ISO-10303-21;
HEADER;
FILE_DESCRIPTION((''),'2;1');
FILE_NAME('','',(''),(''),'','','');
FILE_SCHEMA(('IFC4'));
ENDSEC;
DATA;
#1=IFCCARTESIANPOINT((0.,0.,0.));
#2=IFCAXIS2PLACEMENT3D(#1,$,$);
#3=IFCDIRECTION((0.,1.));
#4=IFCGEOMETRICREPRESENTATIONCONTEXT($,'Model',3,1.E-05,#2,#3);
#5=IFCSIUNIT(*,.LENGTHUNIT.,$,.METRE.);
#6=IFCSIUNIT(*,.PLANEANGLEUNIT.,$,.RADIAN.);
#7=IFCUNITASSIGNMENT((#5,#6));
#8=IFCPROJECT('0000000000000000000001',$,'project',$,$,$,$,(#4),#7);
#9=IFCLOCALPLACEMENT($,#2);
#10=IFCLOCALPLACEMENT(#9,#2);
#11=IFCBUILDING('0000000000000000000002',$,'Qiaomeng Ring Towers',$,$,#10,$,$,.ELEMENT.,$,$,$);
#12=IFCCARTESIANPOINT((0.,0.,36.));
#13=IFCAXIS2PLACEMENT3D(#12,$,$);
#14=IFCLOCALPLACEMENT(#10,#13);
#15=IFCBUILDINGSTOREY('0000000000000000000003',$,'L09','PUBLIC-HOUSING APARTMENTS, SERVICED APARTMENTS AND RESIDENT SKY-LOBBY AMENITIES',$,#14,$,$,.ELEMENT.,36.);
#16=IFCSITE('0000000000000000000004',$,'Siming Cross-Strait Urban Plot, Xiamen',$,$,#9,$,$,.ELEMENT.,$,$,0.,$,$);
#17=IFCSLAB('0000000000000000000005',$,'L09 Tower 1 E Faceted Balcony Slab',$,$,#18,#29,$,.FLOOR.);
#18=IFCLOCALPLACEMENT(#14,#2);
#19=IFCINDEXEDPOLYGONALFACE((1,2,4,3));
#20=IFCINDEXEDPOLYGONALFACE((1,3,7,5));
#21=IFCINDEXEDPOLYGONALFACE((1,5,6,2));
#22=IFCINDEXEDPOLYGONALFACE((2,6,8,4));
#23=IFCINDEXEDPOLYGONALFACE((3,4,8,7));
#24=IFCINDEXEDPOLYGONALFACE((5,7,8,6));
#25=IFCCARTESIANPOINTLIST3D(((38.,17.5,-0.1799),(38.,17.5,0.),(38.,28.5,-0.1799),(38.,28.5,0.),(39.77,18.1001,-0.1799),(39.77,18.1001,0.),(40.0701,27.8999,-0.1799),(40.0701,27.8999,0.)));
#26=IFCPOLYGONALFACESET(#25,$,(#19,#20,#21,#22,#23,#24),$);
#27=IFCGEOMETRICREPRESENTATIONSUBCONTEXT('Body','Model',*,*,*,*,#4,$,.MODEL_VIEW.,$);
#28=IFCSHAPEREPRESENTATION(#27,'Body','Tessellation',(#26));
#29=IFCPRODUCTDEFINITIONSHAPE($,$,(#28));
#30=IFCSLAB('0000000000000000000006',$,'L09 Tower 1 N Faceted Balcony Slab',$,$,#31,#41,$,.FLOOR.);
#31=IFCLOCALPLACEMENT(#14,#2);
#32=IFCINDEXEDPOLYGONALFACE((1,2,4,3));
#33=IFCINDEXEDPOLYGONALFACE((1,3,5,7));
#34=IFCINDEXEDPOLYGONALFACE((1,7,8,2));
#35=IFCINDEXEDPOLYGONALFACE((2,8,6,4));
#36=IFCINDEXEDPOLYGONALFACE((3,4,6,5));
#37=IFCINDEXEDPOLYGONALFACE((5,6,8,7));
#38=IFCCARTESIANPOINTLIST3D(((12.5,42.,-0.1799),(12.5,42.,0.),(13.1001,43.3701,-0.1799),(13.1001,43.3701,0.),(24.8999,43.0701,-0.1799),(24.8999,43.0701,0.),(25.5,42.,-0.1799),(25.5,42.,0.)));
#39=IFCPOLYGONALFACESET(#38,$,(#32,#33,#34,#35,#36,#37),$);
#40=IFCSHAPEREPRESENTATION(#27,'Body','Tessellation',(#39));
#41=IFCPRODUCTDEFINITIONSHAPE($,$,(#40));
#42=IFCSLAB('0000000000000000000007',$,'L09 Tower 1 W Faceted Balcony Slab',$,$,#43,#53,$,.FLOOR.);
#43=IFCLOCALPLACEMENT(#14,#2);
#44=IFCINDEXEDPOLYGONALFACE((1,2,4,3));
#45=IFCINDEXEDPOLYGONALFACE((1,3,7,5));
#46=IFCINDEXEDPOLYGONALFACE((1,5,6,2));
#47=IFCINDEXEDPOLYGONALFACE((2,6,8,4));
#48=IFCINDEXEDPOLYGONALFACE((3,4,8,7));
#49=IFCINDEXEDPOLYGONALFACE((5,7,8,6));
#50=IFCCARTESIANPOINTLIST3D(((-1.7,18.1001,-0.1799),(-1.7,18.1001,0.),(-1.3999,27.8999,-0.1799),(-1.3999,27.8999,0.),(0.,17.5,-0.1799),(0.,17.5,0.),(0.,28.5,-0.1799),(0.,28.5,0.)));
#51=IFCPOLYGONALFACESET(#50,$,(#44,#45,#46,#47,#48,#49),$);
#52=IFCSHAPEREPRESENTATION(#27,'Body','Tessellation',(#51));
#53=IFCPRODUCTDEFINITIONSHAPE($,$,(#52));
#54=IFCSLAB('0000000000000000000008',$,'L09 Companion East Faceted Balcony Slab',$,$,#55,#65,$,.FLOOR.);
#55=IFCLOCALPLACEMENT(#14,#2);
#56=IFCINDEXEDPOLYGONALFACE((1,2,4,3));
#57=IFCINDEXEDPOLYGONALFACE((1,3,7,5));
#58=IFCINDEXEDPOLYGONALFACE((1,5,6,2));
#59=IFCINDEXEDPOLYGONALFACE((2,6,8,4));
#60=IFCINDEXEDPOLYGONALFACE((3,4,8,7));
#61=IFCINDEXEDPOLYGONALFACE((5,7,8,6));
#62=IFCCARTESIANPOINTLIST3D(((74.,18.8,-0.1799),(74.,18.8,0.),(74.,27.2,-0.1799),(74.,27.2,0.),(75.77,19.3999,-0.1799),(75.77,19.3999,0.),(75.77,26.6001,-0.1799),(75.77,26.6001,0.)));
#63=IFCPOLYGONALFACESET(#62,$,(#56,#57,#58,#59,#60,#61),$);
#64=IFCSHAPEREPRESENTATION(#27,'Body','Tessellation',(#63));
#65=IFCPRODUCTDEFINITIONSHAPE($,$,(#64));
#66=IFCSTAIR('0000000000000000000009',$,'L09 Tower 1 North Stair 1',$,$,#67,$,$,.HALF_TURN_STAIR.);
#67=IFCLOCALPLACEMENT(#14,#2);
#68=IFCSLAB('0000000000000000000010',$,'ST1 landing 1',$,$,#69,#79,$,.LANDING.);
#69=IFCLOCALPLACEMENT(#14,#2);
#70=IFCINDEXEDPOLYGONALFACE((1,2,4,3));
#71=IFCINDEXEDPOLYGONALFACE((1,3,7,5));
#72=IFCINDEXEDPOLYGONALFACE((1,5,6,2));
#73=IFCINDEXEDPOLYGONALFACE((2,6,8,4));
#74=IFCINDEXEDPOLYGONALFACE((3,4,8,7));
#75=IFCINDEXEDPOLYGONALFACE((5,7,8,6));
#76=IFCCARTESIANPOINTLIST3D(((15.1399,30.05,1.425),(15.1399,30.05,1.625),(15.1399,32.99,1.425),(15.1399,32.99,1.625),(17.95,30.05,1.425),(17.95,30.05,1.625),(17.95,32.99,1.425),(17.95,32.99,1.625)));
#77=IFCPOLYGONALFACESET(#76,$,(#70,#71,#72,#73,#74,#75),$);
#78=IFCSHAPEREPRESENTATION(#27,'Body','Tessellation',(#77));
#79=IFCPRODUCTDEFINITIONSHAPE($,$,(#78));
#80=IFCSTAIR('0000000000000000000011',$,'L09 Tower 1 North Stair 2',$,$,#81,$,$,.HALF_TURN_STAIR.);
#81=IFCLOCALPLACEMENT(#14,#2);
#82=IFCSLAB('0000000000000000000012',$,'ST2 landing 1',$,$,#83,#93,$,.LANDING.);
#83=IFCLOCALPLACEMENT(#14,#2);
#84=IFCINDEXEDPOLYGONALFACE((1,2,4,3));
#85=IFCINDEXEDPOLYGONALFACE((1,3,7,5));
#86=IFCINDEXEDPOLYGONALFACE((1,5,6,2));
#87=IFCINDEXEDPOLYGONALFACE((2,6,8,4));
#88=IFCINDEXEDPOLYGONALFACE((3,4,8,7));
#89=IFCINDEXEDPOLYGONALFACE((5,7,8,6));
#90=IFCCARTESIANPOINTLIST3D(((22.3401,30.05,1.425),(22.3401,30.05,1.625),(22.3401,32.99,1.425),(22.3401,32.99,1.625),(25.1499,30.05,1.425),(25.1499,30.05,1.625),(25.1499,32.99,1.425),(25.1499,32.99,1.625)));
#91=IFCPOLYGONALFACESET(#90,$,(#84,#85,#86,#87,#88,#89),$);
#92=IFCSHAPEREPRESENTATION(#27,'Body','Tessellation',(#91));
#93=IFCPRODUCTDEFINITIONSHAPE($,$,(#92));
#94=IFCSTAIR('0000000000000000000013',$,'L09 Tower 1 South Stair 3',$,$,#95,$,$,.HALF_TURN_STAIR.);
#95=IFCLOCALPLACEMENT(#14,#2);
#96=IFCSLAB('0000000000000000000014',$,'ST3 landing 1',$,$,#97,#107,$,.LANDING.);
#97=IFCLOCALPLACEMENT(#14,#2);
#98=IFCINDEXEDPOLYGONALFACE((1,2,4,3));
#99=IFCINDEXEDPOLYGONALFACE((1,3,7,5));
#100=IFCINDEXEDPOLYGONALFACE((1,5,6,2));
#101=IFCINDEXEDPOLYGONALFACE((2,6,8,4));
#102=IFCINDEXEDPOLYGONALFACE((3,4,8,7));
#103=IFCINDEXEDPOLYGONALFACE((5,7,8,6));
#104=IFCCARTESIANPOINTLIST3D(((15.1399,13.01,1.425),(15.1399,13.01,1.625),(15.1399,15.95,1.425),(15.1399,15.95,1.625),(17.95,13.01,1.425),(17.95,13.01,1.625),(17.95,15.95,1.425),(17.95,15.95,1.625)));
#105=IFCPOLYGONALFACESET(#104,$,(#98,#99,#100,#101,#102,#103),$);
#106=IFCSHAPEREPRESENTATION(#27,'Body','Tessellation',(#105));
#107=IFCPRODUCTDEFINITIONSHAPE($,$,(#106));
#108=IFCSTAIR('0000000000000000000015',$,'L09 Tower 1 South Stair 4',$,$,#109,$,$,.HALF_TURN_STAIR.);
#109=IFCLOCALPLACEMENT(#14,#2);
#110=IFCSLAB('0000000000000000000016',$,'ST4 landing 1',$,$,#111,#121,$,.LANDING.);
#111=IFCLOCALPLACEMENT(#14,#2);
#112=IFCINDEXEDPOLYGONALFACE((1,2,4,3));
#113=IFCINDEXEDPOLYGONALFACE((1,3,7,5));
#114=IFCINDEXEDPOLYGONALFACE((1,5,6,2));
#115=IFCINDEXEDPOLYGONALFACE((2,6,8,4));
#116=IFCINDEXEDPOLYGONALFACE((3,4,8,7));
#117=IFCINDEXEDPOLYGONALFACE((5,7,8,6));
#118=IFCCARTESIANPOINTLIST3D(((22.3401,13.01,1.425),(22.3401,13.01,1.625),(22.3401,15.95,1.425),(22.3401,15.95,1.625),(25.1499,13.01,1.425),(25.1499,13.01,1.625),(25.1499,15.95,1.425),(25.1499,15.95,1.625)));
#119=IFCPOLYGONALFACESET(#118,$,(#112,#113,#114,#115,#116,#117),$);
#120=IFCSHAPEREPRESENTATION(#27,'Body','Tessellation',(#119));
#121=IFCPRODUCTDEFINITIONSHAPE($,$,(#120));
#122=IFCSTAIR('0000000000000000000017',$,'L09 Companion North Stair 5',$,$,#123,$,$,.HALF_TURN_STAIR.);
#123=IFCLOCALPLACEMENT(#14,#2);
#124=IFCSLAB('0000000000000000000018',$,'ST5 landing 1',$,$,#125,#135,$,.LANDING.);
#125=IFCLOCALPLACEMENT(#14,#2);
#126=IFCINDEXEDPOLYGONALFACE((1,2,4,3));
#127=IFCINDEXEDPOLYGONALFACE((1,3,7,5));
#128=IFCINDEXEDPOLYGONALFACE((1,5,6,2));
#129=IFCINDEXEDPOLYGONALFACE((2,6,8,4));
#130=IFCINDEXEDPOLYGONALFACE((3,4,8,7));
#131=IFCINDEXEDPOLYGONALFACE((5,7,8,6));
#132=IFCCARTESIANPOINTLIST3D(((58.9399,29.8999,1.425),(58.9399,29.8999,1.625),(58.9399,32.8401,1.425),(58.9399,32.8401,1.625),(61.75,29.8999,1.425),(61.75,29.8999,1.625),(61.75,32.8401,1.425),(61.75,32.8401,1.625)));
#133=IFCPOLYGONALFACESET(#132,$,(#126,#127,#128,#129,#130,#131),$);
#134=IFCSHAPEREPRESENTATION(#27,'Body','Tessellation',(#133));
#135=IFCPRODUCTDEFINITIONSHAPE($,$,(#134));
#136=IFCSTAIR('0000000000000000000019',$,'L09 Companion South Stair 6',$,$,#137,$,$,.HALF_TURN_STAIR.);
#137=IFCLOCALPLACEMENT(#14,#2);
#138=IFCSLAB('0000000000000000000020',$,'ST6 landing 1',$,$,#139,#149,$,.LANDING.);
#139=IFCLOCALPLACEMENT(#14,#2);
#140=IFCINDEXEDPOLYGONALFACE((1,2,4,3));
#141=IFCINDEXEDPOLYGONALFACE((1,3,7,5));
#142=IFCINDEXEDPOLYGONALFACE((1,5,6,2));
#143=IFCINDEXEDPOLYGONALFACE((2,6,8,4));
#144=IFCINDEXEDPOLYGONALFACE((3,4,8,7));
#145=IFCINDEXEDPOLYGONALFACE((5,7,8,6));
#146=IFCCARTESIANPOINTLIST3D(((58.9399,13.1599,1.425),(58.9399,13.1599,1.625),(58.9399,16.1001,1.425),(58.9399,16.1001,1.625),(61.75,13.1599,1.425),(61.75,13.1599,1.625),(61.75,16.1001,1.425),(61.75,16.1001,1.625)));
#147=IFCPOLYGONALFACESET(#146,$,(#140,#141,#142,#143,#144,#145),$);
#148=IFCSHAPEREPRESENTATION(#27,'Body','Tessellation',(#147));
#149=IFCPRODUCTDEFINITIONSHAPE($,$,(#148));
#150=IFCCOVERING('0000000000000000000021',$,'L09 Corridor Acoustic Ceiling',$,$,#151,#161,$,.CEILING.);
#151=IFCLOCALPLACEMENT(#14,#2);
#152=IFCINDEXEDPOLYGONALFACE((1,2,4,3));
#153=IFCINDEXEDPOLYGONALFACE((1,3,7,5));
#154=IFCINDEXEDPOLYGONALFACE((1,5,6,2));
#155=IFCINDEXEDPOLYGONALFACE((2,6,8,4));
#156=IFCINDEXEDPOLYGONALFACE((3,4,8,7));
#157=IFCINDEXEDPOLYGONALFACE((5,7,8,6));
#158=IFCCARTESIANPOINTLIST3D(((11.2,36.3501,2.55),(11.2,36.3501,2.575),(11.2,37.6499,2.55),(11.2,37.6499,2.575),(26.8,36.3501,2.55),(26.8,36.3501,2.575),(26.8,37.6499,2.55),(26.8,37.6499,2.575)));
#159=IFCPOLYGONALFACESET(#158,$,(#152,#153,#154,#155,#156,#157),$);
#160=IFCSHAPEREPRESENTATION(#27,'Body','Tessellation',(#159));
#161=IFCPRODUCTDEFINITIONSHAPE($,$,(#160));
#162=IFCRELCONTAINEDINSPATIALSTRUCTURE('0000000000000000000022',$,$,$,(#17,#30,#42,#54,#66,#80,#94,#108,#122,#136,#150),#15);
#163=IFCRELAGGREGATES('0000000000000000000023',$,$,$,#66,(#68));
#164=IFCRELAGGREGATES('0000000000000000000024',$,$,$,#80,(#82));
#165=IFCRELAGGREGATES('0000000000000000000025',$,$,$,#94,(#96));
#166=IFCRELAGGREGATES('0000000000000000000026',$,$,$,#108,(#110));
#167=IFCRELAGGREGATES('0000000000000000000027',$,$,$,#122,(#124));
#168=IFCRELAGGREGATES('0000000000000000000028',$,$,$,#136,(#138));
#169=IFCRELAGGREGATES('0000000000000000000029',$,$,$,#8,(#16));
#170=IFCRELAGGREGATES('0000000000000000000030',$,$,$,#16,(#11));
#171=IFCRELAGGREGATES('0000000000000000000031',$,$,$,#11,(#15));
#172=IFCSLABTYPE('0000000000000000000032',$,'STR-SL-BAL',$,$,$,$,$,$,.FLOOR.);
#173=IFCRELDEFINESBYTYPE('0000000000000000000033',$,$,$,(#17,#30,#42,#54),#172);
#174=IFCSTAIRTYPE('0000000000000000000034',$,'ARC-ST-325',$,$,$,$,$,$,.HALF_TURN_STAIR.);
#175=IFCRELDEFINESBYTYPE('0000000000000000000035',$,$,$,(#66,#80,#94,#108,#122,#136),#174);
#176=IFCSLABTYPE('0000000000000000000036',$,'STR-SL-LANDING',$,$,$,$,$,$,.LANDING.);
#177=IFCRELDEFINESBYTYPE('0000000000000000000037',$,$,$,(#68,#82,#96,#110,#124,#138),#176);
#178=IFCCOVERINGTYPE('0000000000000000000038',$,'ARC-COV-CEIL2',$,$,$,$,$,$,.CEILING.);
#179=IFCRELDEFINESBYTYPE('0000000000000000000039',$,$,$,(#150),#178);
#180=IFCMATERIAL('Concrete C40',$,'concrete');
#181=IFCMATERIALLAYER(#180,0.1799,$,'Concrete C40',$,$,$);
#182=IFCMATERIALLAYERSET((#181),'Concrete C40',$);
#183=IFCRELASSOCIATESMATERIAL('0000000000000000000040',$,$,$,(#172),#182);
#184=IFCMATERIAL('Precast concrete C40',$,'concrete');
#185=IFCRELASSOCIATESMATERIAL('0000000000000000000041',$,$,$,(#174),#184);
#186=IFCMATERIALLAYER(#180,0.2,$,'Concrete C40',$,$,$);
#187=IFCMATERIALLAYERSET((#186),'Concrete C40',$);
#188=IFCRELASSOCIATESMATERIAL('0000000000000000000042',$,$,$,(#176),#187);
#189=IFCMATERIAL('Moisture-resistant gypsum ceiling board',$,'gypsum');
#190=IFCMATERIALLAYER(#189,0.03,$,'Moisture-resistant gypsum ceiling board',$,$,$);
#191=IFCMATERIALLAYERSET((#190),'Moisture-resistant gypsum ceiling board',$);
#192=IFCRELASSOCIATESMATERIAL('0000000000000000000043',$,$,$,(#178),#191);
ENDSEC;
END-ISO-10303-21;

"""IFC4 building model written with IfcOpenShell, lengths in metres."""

from ifc_helpers import new_model, si_unit, direction, frame, origin, place, context, subcontext, project, spatial, polyline, outline, extrude, material, layer, layer_set, type_object, element, aggregate, save


model = new_model("IFC4")

# Units and contexts
model_context = context("Model", 3, precision=1e-05, world=origin(), true_north=direction((0.0, 1.0)))
body_context = subcontext(model_context, "Body", "Model", "MODEL_VIEW")
ifc_project = project(units=[si_unit("LENGTHUNIT", "METRE"), si_unit("PLANEANGLEUNIT", "RADIAN")], contexts=[model_context])

# Site, building, storey
site_placement = place(None, origin())
site = spatial("IfcSite", under=ifc_project, at=site_placement, Name="Siming Cross-Strait Urban Plot, Xiamen", CompositionType="ELEMENT", RefElevation=0.0)
building_placement = place(site_placement, origin())
building = spatial("IfcBuilding", under=site, at=building_placement, Name="Qiaomeng Ring Towers", CompositionType="ELEMENT")
storey_placement = place(building_placement, frame((0.0, 0.0, 36.0)))
storey = spatial("IfcBuildingStorey", under=building, at=storey_placement, Name="L09", Description="PUBLIC-HOUSING APARTMENTS, SERVICED APARTMENTS AND RESIDENT SKY-LOBBY AMENITIES", CompositionType="ELEMENT", Elevation=36.0)

# Slabs
ifc_material_1 = material(Name="Concrete C40", Category="concrete")
ifc_layer_1 = layer(ifc_material_1, 0.1799, Name="Concrete C40")
ifc_layer_set_1 = layer_set([ifc_layer_1], Name="Concrete C40")
slab_type_1 = type_object("IfcSlabType", Name="STR-SL-BAL", PredefinedType="FLOOR", material=ifc_layer_set_1)
slab_1_placement = place(storey_placement, frame((0.0, 0.0, -0.1799)))
element("IfcSlab", 1, at=slab_1_placement, inside=storey, type_object=slab_type_1, Name="L09 Tower 1 E Faceted Balcony Slab", PredefinedType="FLOOR", context=body_context, shape_type="SweptSolid", body=[
    extrude(outline(polyline([(40.0701, 27.8999), (39.77, 18.1001), (38.0, 17.5), (38.0, 28.5), (40.0701, 27.8999)])), origin(), (0.0, 0.0, 1.0), 0.1799),
])
slab_2_placement = place(storey_placement, frame((0.0, 0.0, -0.1799)))
element("IfcSlab", 2, at=slab_2_placement, inside=storey, type_object=slab_type_1, Name="L09 Tower 1 N Faceted Balcony Slab", PredefinedType="FLOOR", context=body_context, shape_type="SweptSolid", body=[
    extrude(outline(polyline([(12.5, 42.0), (13.1001, 43.3701), (24.8999, 43.0701), (25.5, 42.0), (12.5, 42.0)])), origin(), (0.0, 0.0, 1.0), 0.1799),
])
slab_3_placement = place(storey_placement, frame((0.0, 0.0, -0.1799)))
element("IfcSlab", 3, at=slab_3_placement, inside=storey, type_object=slab_type_1, Name="L09 Tower 1 W Faceted Balcony Slab", PredefinedType="FLOOR", context=body_context, shape_type="SweptSolid", body=[
    extrude(outline(polyline([(0.0, 17.5), (-1.7, 18.1001), (-1.3999, 27.8999), (0.0, 28.5), (0.0, 17.5)])), origin(), (0.0, 0.0, 1.0), 0.1799),
])
slab_4_placement = place(storey_placement, frame((0.0, 0.0, -0.1799)))
element("IfcSlab", 4, at=slab_4_placement, inside=storey, type_object=slab_type_1, Name="L09 Companion East Faceted Balcony Slab", PredefinedType="FLOOR", context=body_context, shape_type="SweptSolid", body=[
    extrude(outline(polyline([(75.77, 26.6001), (75.77, 19.3999), (74.0, 18.8), (74.0, 27.2), (75.77, 26.6001)])), origin(), (0.0, 0.0, 1.0), 0.1799),
])

# Stairs, slabs
ifc_material_2 = material(Name="Precast concrete C40", Category="concrete")
stair_type = type_object("IfcStairType", Name="ARC-ST-325", PredefinedType="HALF_TURN_STAIR", material=ifc_material_2)
stair_1_placement = place(storey_placement, origin())
stair_1 = element("IfcStair", 5, at=stair_1_placement, inside=storey, type_object=stair_type, Name="L09 Tower 1 North Stair 1", PredefinedType="HALF_TURN_STAIR")
ifc_layer_2 = layer(ifc_material_1, 0.2, Name="Concrete C40")
ifc_layer_set_2 = layer_set([ifc_layer_2], Name="Concrete C40")
slab_type_2 = type_object("IfcSlabType", Name="STR-SL-LANDING", PredefinedType="LANDING", material=ifc_layer_set_2)
slab_5_placement = place(storey_placement, frame((0.0, 0.0, 1.425)))
slab_5 = element("IfcSlab", 6, at=slab_5_placement, type_object=slab_type_2, Name="ST1 landing 1", PredefinedType="LANDING", context=body_context, shape_type="SweptSolid", body=[
    extrude(outline(polyline([(15.1399, 30.05), (17.95, 30.05), (17.95, 32.99), (15.1399, 32.99), (15.1399, 30.05)])), origin(), (0.0, 0.0, 1.0), 0.2),
])
aggregate(stair_1, [slab_5])
stair_2_placement = place(storey_placement, origin())
stair_2 = element("IfcStair", 7, at=stair_2_placement, inside=storey, type_object=stair_type, Name="L09 Tower 1 North Stair 2", PredefinedType="HALF_TURN_STAIR")
slab_6_placement = place(storey_placement, frame((0.0, 0.0, 1.425)))
slab_6 = element("IfcSlab", 8, at=slab_6_placement, type_object=slab_type_2, Name="ST2 landing 1", PredefinedType="LANDING", context=body_context, shape_type="SweptSolid", body=[
    extrude(outline(polyline([(22.3401, 30.05), (25.1499, 30.05), (25.1499, 32.99), (22.3401, 32.99), (22.3401, 30.05)])), origin(), (0.0, 0.0, 1.0), 0.2),
])
aggregate(stair_2, [slab_6])
stair_3_placement = place(storey_placement, origin())
stair_3 = element("IfcStair", 9, at=stair_3_placement, inside=storey, type_object=stair_type, Name="L09 Tower 1 South Stair 3", PredefinedType="HALF_TURN_STAIR")
slab_7_placement = place(storey_placement, frame((0.0, 0.0, 1.425)))
slab_7 = element("IfcSlab", 10, at=slab_7_placement, type_object=slab_type_2, Name="ST3 landing 1", PredefinedType="LANDING", context=body_context, shape_type="SweptSolid", body=[
    extrude(outline(polyline([(15.1399, 13.01), (17.95, 13.01), (17.95, 15.95), (15.1399, 15.95), (15.1399, 13.01)])), origin(), (0.0, 0.0, 1.0), 0.2),
])
aggregate(stair_3, [slab_7])
stair_4_placement = place(storey_placement, origin())
stair_4 = element("IfcStair", 11, at=stair_4_placement, inside=storey, type_object=stair_type, Name="L09 Tower 1 South Stair 4", PredefinedType="HALF_TURN_STAIR")
slab_8_placement = place(storey_placement, frame((0.0, 0.0, 1.425)))
slab_8 = element("IfcSlab", 12, at=slab_8_placement, type_object=slab_type_2, Name="ST4 landing 1", PredefinedType="LANDING", context=body_context, shape_type="SweptSolid", body=[
    extrude(outline(polyline([(22.3401, 13.01), (25.1499, 13.01), (25.1499, 15.95), (22.3401, 15.95), (22.3401, 13.01)])), origin(), (0.0, 0.0, 1.0), 0.2),
])
aggregate(stair_4, [slab_8])
stair_5_placement = place(storey_placement, origin())
stair_5 = element("IfcStair", 13, at=stair_5_placement, inside=storey, type_object=stair_type, Name="L09 Companion North Stair 5", PredefinedType="HALF_TURN_STAIR")
slab_9_placement = place(storey_placement, frame((0.0, 0.0, 1.425)))
slab_9 = element("IfcSlab", 14, at=slab_9_placement, type_object=slab_type_2, Name="ST5 landing 1", PredefinedType="LANDING", context=body_context, shape_type="SweptSolid", body=[
    extrude(outline(polyline([(58.9399, 29.8999), (61.75, 29.8999), (61.75, 32.8401), (58.9399, 32.8401), (58.9399, 29.8999)])), origin(), (0.0, 0.0, 1.0), 0.2),
])
aggregate(stair_5, [slab_9])
stair_6_placement = place(storey_placement, origin())
stair_6 = element("IfcStair", 15, at=stair_6_placement, inside=storey, type_object=stair_type, Name="L09 Companion South Stair 6", PredefinedType="HALF_TURN_STAIR")
slab_10_placement = place(storey_placement, frame((0.0, 0.0, 1.425)))
slab_10 = element("IfcSlab", 16, at=slab_10_placement, type_object=slab_type_2, Name="ST6 landing 1", PredefinedType="LANDING", context=body_context, shape_type="SweptSolid", body=[
    extrude(outline(polyline([(58.9399, 13.1599), (61.75, 13.1599), (61.75, 16.1001), (58.9399, 16.1001), (58.9399, 13.1599)])), origin(), (0.0, 0.0, 1.0), 0.2),
])
aggregate(stair_6, [slab_10])

# Covering
ifc_material_3 = material(Name="Moisture-resistant gypsum ceiling board", Category="gypsum")
ifc_layer_3 = layer(ifc_material_3, 0.03, Name="Moisture-resistant gypsum ceiling board")
ifc_layer_set_3 = layer_set([ifc_layer_3], Name="Moisture-resistant gypsum ceiling board")
covering_type = type_object("IfcCoveringType", Name="ARC-COV-CEIL2", PredefinedType="CEILING", material=ifc_layer_set_3)
covering_placement = place(storey_placement, frame((0.0, 0.0, 2.55)))
element("IfcCovering", 17, at=covering_placement, inside=storey, type_object=covering_type, Name="L09 Corridor Acoustic Ceiling", PredefinedType="CEILING", context=body_context, shape_type="SweptSolid", body=[
    extrude(outline(polyline([(11.2, 36.3501), (11.2, 37.6499), (26.8, 37.6499), (26.8, 36.3501), (11.2, 36.3501)])), origin(), (0.0, 0.0, 1.0), 0.0249),
])

save(model, "model.ifc")
